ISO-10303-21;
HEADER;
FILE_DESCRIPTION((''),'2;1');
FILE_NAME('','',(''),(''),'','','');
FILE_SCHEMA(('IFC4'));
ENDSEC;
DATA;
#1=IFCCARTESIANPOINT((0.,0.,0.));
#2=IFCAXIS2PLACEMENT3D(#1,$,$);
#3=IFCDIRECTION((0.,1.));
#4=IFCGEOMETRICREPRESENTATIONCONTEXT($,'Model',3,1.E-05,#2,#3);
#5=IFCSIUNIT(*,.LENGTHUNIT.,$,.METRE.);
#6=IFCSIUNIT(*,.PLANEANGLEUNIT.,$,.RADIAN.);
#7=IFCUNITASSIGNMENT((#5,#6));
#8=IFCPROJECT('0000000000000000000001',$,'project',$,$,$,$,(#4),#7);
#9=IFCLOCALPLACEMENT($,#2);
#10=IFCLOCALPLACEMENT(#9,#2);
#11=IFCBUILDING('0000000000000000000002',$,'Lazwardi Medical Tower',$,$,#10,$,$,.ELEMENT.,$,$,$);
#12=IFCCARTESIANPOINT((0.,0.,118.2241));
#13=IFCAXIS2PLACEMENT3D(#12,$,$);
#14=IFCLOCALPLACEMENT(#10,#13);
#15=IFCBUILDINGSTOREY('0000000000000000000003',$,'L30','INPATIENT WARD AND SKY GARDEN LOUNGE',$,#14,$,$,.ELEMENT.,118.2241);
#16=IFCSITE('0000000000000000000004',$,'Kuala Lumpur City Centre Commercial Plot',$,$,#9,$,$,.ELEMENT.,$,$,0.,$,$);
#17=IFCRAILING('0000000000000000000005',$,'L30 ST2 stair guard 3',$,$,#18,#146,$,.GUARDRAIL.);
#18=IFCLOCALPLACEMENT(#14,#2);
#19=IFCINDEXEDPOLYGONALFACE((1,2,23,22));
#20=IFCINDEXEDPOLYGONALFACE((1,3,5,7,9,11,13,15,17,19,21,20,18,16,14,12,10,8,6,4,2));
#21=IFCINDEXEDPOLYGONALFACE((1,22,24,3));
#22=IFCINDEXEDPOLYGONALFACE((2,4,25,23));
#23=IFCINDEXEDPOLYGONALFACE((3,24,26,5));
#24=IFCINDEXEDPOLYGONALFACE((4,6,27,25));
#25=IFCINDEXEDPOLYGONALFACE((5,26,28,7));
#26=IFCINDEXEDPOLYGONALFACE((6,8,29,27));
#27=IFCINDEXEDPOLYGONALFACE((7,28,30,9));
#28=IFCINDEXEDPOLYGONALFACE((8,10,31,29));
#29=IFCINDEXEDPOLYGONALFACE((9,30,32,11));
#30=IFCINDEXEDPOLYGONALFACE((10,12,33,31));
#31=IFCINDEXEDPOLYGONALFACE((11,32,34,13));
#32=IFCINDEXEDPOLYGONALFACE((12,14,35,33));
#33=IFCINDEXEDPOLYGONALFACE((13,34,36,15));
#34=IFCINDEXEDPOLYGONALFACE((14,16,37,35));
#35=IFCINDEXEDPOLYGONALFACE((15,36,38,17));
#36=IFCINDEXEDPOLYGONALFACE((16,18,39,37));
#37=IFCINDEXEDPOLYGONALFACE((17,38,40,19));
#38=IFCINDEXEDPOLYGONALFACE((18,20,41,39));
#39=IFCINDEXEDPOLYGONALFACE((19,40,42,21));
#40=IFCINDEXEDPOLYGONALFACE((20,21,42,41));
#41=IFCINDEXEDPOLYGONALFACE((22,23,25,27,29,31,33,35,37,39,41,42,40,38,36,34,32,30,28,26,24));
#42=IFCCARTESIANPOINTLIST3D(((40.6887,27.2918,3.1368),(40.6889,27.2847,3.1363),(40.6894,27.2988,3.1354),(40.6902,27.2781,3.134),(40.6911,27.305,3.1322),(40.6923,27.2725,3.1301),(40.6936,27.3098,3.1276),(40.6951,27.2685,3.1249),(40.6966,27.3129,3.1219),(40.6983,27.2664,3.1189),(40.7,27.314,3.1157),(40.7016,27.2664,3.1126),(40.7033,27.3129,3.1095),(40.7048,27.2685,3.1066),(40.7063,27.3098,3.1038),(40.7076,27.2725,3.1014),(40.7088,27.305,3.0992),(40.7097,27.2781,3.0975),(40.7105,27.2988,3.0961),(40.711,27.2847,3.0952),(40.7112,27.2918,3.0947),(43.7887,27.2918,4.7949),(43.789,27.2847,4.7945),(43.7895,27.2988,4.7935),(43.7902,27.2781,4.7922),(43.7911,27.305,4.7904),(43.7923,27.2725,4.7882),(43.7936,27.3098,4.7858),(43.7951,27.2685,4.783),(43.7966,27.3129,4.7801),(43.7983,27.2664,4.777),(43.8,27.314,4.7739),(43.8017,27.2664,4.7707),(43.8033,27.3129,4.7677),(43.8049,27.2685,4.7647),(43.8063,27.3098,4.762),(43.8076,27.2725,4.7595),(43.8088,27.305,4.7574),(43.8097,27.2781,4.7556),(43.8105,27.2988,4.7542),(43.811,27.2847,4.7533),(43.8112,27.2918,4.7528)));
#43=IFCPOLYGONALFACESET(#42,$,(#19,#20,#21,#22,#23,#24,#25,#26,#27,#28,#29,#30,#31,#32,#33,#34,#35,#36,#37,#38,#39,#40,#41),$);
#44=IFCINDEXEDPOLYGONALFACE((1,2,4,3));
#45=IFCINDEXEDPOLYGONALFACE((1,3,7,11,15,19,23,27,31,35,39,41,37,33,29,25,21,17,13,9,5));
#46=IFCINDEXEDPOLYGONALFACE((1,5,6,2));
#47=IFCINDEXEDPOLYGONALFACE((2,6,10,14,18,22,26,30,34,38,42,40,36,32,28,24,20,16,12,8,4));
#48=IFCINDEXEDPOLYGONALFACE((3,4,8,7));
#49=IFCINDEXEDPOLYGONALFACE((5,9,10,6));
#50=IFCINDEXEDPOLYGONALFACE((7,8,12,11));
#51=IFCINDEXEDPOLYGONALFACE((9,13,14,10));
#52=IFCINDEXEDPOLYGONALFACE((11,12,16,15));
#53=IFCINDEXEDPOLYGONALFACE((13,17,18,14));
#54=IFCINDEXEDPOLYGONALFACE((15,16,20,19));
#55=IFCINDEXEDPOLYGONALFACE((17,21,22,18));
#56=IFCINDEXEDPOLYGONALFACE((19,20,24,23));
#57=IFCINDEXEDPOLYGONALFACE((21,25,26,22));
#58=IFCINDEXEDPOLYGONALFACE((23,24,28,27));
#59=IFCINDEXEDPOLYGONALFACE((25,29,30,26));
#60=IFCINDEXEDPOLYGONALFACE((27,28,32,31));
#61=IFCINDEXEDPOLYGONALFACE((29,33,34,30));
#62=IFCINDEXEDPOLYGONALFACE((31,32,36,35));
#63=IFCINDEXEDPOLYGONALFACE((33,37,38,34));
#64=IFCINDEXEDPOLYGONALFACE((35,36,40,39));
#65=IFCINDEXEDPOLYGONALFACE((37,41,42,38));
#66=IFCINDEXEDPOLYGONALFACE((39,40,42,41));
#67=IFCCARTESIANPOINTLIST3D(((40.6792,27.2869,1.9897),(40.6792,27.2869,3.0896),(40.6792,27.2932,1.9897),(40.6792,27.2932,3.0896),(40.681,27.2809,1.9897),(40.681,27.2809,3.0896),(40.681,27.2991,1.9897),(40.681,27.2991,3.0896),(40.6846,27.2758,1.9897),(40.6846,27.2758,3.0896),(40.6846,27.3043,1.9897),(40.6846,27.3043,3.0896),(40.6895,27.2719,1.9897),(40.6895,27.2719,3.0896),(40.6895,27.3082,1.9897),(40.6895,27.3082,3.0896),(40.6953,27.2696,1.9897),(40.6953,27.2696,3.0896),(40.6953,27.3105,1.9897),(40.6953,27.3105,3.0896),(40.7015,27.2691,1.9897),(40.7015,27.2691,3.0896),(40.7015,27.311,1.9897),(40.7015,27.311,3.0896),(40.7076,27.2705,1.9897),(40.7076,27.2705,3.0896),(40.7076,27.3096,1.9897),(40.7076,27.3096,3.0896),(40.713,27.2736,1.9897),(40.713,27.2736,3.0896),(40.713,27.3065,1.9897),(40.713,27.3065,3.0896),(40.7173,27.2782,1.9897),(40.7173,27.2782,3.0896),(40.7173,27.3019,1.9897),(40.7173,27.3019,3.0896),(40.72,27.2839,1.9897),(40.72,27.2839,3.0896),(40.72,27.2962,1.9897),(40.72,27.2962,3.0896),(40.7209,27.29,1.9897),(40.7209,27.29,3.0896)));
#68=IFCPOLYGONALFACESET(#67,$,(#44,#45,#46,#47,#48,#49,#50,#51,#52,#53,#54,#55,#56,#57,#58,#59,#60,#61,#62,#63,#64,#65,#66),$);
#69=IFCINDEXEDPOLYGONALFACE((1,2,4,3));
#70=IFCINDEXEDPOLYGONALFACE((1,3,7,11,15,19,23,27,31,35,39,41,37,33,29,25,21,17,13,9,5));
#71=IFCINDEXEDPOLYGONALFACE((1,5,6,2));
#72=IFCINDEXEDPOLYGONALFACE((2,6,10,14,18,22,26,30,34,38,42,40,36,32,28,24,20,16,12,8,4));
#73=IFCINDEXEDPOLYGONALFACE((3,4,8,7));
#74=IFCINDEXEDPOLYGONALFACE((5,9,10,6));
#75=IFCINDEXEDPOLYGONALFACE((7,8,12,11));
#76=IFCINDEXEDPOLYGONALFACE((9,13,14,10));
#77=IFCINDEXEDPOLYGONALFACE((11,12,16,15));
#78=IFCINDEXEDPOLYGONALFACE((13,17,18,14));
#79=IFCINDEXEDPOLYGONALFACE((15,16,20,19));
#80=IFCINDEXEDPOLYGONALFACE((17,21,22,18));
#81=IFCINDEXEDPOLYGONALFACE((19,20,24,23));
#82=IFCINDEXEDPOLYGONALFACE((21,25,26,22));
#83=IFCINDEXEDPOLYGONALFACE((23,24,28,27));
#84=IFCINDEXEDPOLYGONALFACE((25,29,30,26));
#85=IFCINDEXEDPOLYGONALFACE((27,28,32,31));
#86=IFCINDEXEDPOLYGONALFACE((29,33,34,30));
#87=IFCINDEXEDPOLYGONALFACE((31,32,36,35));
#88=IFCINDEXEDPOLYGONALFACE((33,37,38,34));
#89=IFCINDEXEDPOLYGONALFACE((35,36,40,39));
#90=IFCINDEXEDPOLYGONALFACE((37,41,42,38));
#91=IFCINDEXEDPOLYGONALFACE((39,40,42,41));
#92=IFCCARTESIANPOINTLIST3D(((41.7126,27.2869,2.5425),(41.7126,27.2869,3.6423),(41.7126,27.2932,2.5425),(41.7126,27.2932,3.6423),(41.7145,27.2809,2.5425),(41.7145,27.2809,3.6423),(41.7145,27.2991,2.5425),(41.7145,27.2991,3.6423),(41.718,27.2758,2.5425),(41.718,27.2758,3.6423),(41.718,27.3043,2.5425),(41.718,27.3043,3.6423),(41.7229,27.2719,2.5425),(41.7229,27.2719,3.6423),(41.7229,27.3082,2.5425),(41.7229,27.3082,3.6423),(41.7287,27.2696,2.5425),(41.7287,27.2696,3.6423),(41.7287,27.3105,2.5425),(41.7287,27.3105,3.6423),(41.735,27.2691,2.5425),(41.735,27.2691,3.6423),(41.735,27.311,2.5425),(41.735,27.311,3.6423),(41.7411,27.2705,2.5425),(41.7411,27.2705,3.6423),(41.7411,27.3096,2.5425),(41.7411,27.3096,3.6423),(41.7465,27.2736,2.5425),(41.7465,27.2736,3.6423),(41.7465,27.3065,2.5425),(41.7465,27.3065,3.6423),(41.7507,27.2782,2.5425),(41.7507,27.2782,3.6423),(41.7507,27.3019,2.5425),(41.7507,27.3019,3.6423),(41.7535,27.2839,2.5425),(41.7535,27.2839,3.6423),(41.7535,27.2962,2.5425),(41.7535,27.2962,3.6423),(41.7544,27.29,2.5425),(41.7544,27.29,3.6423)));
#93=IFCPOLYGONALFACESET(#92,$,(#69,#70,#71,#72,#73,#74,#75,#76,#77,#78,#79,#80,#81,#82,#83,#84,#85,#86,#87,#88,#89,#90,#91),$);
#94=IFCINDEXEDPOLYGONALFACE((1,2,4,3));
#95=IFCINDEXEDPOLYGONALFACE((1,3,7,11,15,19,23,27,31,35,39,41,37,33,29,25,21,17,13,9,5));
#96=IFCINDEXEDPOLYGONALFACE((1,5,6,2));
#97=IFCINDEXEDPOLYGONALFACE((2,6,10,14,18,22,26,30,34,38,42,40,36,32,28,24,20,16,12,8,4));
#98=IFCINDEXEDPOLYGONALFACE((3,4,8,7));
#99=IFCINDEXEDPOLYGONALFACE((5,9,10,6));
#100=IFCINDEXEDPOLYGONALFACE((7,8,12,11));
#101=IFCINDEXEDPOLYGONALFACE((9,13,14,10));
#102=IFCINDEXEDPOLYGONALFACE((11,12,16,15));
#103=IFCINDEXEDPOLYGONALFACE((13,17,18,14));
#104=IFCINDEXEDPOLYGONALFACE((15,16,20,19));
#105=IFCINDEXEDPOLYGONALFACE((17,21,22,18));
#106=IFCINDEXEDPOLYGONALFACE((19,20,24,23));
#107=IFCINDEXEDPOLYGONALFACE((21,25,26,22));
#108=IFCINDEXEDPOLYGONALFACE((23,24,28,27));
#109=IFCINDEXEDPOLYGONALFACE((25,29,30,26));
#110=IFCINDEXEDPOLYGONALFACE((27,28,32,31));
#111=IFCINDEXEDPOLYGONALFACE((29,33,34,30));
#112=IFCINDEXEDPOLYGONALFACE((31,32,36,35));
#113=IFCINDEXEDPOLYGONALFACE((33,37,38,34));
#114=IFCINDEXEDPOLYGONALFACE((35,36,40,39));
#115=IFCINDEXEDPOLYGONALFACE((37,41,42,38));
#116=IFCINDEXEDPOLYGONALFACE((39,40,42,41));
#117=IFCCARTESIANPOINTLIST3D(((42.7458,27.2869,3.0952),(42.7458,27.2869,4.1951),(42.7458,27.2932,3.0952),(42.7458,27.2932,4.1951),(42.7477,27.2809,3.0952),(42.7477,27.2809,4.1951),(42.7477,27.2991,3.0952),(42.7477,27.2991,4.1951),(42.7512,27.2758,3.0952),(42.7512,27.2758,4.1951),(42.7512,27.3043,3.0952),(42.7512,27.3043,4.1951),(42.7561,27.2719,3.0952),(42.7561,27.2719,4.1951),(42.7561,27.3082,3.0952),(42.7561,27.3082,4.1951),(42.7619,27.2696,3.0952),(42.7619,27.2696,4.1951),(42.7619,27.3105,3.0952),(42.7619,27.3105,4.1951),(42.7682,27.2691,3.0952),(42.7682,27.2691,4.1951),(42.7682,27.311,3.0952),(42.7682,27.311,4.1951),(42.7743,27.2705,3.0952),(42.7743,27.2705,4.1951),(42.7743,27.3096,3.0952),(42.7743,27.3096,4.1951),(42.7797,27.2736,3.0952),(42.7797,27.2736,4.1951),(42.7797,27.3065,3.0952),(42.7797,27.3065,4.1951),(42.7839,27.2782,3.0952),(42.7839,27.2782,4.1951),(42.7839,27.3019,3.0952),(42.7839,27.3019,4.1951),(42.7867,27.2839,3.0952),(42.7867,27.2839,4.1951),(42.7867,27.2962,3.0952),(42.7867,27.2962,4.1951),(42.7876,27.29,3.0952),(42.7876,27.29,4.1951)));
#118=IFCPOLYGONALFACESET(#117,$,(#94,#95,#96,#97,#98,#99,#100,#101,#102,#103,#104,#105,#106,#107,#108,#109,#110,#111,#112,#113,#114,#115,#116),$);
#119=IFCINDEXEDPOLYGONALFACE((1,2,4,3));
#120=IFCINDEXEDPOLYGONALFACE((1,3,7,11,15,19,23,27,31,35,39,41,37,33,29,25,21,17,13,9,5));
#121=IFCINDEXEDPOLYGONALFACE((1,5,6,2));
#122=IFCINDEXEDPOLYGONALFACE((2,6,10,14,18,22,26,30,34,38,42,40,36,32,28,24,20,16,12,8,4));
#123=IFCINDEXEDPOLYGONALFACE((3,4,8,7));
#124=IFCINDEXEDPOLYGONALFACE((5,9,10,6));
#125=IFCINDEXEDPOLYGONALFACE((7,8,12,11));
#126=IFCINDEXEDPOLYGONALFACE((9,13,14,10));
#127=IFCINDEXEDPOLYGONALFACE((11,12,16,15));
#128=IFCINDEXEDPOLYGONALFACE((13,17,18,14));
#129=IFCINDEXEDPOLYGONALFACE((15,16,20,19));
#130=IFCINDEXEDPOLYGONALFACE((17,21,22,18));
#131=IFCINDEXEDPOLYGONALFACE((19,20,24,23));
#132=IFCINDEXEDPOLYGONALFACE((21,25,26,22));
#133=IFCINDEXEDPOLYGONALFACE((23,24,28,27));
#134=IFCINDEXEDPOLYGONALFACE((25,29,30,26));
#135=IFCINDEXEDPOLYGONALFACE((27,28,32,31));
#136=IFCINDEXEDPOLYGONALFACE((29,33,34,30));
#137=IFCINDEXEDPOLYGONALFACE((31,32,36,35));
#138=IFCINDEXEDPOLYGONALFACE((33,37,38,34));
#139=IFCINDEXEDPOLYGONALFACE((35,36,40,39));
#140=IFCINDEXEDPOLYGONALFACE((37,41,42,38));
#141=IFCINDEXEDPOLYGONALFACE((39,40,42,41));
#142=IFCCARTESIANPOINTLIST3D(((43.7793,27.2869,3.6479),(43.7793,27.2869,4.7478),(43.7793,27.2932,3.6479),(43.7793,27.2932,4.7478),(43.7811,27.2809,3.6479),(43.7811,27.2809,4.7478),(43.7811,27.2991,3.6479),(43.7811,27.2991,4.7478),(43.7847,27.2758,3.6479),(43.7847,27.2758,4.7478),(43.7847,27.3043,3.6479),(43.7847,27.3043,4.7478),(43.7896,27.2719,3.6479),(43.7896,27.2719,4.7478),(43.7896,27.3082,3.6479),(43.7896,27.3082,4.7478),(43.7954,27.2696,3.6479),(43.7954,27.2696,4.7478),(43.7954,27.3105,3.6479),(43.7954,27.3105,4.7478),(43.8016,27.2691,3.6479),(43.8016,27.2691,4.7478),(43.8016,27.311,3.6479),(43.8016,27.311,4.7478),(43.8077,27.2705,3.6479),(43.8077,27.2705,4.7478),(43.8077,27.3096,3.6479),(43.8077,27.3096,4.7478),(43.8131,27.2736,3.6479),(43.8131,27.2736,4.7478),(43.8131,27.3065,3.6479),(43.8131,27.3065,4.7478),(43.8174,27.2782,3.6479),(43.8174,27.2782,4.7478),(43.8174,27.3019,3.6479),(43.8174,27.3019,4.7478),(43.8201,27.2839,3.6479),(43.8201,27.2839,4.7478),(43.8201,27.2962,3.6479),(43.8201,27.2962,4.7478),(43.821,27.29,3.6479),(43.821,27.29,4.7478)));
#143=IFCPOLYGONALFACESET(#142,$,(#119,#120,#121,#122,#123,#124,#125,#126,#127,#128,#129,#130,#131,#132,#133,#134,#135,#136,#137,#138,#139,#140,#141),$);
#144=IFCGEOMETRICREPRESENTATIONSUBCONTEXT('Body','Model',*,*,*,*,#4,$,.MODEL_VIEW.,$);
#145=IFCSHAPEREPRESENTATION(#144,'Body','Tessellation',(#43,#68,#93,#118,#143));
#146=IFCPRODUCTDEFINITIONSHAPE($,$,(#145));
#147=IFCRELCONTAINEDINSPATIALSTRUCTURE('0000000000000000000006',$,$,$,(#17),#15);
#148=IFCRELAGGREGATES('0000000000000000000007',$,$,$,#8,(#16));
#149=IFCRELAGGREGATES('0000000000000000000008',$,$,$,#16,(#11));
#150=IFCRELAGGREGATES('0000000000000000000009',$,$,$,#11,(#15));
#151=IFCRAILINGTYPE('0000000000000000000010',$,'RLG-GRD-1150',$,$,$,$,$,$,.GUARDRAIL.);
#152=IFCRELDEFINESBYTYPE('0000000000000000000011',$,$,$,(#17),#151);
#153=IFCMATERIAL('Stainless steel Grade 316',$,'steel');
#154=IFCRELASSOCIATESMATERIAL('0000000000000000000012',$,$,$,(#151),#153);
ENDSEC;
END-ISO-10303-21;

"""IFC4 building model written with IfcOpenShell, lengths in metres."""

from ifc_helpers import new_model, si_unit, direction, frame, origin, origin_2d, place, context, subcontext, project, spatial, circle, extrude, material, type_object, element, save


model = new_model("IFC4")

# Units and contexts
model_context = context("Model", 3, precision=1e-05, world=origin(), true_north=direction((0.0, 1.0)))
body_context = subcontext(model_context, "Body", "Model", "MODEL_VIEW")
ifc_project = project(units=[si_unit("LENGTHUNIT", "METRE"), si_unit("PLANEANGLEUNIT", "RADIAN")], contexts=[model_context])

# Site, building, storey
site_placement = place(None, origin())
site = spatial("IfcSite", under=ifc_project, at=site_placement, Name="Kuala Lumpur City Centre Commercial Plot", CompositionType="ELEMENT", RefElevation=0.0)
building_placement = place(site_placement, origin())
building = spatial("IfcBuilding", under=site, at=building_placement, Name="Lazwardi Medical Tower", CompositionType="ELEMENT")
storey_placement = place(building_placement, frame((0.0, 0.0, 118.2241)))
storey = spatial("IfcBuildingStorey", under=building, at=storey_placement, Name="L30", Description="INPATIENT WARD AND SKY GARDEN LOUNGE", CompositionType="ELEMENT", Elevation=118.2241)

# Railing
ifc_material_1 = material(Name="Stainless steel Grade 316", Category="steel")
railing_type_1 = type_object("IfcRailingType", Name="RLG-GRD-1150", PredefinedType="GUARDRAIL", material=ifc_material_1)
railing_1_placement = place(storey_placement, frame((40.7, 27.29, 1.9897)))
element("IfcRailing", 1, at=railing_1_placement, inside=storey, type_object=railing_type_1, Name="L30 ST2 stair guard 3", PredefinedType="GUARDRAIL", context=body_context, shape_type="SweptSolid", body=[
    extrude(circle(Radius=0.0239, at=origin_2d()), frame((0.0, 0.0, 1.126), z_axis=(0.881783, 0.0, 0.471655), x_axis=(0.0, 1.0, 0.0)), (0.0, 0.0, 1.0), 3.5156),
    extrude(circle(Radius=0.021, at=origin_2d()), origin(), (0.0, 0.0, 1.0), 1.0999),
    extrude(circle(Radius=0.021, at=origin_2d()), frame((1.0334, 0.0, 0.5527)), (0.0, 0.0, 1.0), 1.0999),
    extrude(circle(Radius=0.021, at=origin_2d()), frame((2.0667, 0.0, 1.1055)), (0.0, 0.0, 1.0), 1.0999),
    extrude(circle(Radius=0.021, at=origin_2d()), frame((3.1001, 0.0, 1.6582)), (0.0, 0.0, 1.0), 1.0999),
])

save(model, "model.ifc")
